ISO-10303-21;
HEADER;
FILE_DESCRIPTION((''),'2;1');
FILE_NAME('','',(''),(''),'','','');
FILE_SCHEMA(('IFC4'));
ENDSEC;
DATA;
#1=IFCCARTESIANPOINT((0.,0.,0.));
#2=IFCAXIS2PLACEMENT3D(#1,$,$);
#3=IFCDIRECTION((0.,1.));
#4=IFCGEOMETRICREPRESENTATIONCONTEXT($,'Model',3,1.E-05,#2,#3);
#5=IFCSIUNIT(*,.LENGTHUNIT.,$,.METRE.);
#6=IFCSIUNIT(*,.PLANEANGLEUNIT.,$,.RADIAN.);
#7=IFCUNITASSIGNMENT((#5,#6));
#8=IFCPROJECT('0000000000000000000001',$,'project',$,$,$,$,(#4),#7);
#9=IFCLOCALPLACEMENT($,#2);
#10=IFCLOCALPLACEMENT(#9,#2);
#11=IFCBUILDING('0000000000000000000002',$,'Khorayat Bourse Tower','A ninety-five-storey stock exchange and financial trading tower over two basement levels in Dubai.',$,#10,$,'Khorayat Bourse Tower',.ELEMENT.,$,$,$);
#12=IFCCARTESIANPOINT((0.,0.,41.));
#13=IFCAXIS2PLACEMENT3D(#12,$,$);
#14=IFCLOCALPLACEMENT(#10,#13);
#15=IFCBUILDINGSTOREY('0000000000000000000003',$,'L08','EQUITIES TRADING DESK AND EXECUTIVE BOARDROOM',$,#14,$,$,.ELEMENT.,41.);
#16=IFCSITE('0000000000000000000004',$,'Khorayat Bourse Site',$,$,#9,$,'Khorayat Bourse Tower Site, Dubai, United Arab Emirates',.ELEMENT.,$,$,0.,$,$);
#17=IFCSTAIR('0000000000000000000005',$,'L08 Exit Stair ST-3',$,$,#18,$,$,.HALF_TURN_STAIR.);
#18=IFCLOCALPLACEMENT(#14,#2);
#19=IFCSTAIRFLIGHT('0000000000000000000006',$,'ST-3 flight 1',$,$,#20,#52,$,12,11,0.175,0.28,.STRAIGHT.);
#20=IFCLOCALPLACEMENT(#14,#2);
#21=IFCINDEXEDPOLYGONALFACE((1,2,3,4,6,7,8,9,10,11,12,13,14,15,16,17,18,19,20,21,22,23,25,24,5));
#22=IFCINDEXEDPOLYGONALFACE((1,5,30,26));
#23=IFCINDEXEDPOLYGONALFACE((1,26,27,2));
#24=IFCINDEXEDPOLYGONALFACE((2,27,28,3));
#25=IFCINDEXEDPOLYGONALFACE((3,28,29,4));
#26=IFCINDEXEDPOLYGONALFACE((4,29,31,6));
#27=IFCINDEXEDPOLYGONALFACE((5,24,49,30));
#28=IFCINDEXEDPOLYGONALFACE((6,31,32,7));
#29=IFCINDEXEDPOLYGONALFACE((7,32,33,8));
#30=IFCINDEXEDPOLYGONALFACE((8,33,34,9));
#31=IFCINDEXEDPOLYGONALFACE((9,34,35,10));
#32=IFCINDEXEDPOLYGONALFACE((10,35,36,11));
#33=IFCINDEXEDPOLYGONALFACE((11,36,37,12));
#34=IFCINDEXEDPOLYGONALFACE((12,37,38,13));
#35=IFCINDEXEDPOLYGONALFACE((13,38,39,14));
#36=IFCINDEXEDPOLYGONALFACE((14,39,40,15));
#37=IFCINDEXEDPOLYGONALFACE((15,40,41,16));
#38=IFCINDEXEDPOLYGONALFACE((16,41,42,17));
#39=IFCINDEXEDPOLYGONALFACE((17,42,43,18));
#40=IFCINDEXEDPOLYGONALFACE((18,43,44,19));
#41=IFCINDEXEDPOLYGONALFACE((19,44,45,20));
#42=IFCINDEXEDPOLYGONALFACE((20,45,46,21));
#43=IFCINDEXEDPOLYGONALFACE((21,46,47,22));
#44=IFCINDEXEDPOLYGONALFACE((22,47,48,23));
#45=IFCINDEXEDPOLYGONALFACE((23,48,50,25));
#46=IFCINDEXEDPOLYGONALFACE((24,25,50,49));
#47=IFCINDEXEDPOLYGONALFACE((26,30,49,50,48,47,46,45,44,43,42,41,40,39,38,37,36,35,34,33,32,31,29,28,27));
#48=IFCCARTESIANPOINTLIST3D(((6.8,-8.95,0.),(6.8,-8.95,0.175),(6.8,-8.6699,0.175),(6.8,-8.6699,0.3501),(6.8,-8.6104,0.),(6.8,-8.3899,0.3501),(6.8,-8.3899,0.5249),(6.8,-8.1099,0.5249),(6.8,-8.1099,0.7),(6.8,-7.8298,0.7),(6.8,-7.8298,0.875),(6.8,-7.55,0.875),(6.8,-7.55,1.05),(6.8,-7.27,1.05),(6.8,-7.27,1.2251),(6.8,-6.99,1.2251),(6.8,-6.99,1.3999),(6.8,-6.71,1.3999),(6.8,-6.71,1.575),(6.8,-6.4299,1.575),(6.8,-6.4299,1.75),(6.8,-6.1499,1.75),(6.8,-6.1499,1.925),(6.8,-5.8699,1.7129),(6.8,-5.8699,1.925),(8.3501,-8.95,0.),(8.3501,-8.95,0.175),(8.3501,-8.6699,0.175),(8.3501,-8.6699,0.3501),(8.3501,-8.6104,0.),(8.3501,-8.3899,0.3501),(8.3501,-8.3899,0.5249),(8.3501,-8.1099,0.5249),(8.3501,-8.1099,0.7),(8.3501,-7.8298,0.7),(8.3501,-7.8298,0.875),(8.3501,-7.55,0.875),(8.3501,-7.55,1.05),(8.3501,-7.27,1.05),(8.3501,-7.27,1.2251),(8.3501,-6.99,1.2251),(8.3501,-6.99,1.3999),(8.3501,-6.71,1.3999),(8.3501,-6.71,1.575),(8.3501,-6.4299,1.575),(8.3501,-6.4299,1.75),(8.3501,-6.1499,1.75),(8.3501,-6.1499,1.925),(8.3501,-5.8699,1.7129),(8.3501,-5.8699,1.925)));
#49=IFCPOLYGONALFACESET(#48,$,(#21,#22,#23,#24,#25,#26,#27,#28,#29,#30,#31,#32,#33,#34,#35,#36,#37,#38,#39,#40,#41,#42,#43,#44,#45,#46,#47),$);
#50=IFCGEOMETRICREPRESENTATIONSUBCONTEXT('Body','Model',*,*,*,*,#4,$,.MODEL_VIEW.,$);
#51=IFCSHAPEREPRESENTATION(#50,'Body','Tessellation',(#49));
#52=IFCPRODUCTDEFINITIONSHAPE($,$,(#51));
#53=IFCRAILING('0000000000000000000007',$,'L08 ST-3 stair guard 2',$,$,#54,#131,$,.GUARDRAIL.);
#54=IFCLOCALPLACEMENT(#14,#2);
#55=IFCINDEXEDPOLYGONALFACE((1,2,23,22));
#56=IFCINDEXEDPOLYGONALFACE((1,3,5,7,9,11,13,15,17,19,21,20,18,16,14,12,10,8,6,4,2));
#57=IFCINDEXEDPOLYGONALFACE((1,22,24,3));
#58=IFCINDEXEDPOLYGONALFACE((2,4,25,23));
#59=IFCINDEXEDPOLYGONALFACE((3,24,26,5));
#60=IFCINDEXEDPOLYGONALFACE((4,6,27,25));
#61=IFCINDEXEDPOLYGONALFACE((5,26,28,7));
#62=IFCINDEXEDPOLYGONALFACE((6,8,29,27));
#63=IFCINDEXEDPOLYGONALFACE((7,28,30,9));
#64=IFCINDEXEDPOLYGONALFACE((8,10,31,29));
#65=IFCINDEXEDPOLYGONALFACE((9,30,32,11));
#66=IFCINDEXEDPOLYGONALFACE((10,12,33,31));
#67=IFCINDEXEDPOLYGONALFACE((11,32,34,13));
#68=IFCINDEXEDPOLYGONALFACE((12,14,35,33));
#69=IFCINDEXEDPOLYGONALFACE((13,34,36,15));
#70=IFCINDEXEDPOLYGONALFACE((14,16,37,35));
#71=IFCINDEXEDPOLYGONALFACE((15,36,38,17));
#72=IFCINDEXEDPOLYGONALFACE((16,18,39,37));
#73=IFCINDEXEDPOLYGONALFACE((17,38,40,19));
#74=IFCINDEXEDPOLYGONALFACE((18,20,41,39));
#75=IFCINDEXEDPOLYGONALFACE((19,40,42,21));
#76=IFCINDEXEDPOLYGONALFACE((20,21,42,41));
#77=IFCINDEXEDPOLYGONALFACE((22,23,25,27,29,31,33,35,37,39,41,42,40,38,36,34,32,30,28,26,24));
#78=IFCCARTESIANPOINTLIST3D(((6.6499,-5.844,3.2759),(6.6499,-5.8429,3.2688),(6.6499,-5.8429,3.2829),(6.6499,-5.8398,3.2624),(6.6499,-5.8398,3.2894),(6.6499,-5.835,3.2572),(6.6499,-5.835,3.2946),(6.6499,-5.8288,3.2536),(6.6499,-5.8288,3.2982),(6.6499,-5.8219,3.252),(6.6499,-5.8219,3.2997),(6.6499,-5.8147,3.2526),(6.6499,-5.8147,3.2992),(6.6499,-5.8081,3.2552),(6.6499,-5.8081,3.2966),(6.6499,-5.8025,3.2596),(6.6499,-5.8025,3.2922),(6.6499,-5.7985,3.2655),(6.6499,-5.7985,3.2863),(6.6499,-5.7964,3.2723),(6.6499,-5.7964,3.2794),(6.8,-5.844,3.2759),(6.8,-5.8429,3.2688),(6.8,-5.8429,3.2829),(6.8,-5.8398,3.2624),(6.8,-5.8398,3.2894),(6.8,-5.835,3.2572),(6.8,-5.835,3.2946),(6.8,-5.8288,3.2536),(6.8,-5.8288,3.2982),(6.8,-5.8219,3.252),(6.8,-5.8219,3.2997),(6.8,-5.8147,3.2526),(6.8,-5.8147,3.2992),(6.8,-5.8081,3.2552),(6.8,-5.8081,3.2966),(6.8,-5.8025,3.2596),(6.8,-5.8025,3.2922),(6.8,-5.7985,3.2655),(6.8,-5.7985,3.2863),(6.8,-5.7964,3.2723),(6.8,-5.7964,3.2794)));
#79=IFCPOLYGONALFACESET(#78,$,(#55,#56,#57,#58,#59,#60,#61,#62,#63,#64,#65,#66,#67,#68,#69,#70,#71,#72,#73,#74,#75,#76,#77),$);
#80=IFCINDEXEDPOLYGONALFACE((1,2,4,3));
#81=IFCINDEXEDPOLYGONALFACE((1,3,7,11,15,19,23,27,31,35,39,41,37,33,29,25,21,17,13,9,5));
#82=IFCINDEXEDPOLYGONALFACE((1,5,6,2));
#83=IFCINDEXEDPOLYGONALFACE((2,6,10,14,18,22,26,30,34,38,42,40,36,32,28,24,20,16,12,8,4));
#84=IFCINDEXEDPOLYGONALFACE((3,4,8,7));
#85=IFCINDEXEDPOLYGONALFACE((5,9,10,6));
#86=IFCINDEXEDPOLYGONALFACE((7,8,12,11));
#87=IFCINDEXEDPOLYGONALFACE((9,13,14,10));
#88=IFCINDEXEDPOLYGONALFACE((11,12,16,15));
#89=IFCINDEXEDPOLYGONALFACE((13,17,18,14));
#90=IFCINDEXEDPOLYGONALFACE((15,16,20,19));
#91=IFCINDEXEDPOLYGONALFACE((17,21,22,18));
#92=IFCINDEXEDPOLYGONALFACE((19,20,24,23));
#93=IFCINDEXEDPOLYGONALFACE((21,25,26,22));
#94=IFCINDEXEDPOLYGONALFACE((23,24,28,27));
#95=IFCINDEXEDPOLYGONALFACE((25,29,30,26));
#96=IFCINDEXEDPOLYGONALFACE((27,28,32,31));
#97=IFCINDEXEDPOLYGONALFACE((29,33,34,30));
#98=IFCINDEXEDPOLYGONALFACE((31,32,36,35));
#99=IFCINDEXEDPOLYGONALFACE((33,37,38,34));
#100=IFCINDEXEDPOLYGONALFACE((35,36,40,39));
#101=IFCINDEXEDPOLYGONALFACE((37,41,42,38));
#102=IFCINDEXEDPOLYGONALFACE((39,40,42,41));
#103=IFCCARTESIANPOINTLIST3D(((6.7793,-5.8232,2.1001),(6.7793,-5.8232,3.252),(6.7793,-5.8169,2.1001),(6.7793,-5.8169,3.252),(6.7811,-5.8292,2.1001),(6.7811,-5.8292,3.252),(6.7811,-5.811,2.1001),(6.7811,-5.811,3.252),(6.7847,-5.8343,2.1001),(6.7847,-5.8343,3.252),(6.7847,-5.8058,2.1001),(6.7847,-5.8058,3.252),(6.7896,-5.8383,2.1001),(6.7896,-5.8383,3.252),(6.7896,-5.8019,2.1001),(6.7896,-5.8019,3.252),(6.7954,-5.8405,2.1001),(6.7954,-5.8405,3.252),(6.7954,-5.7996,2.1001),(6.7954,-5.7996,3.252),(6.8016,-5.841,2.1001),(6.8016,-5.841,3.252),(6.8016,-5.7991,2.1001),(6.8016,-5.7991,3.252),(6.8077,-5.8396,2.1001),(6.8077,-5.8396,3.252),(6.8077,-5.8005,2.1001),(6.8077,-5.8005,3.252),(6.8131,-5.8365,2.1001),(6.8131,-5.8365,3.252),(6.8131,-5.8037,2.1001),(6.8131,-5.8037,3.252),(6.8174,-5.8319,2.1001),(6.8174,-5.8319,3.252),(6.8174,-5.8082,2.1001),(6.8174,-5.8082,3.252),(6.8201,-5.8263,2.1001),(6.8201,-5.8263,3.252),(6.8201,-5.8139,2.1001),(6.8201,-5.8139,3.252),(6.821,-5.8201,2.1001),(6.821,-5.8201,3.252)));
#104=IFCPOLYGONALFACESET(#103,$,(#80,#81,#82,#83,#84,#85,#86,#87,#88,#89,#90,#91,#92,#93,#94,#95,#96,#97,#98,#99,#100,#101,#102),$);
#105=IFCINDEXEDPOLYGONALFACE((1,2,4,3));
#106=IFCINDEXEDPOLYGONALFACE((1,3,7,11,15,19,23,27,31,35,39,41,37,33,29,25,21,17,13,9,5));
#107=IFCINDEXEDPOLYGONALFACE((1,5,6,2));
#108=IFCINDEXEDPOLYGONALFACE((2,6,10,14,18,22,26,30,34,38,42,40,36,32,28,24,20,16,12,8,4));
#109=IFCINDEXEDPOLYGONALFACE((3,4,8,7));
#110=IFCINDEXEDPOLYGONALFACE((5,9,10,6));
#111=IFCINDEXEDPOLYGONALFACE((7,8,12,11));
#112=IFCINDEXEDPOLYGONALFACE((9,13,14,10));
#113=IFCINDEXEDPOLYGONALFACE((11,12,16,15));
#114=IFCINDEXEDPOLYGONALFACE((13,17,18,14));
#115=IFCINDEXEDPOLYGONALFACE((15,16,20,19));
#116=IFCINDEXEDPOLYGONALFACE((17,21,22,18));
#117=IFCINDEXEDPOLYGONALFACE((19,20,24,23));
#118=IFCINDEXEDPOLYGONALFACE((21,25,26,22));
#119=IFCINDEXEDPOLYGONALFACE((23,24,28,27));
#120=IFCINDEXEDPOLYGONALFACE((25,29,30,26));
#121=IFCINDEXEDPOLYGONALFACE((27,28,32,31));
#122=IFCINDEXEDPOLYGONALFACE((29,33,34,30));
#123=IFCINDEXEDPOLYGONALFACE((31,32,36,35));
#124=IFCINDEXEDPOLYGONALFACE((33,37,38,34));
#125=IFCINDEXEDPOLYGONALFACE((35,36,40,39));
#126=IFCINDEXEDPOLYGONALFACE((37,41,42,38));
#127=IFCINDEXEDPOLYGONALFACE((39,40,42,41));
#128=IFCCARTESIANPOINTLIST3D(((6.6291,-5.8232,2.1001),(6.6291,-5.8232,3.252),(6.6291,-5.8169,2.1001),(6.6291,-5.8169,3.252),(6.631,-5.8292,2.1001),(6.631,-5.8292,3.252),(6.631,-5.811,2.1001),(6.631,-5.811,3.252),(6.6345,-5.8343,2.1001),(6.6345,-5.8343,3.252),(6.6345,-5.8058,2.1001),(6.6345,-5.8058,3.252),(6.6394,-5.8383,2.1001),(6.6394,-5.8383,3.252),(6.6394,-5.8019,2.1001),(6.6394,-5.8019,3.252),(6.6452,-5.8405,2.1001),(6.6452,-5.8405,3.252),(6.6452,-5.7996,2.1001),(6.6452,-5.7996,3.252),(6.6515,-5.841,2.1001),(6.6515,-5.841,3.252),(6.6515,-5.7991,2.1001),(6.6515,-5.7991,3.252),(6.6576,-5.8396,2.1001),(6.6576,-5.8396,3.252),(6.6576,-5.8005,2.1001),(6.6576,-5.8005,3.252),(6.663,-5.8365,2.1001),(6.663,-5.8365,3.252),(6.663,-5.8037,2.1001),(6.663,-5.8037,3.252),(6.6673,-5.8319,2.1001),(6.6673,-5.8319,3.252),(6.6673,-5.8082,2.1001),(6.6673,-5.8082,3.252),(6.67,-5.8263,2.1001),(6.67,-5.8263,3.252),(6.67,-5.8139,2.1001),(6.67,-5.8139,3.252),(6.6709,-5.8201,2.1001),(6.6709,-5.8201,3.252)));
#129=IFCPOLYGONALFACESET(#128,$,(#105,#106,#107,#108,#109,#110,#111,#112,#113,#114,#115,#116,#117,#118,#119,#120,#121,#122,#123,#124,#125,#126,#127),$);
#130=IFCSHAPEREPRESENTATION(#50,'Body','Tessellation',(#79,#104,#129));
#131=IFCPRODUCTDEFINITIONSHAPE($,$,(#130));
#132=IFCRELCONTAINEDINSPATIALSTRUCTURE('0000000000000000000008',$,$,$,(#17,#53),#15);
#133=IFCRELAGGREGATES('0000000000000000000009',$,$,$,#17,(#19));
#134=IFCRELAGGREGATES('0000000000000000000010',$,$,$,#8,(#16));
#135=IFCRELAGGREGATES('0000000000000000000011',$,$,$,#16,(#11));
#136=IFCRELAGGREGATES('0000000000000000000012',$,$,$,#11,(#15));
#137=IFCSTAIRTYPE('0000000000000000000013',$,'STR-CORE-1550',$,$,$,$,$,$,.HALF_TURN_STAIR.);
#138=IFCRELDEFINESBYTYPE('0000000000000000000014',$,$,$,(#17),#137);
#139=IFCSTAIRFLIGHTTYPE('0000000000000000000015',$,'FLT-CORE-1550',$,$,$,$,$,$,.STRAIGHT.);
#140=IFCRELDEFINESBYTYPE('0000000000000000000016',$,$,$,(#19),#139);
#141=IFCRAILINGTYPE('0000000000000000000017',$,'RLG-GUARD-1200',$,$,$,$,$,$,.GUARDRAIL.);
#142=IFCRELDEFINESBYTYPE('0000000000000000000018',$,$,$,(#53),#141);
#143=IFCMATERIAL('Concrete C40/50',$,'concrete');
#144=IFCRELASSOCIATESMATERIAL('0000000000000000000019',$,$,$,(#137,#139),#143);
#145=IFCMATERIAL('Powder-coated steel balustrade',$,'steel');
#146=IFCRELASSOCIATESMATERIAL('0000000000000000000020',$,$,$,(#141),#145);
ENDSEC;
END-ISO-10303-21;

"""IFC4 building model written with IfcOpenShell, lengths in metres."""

from ifc_helpers import new_model, si_unit, direction, frame, origin, origin_2d, place, context, subcontext, project, spatial, polyline, circle, outline, extrude, source, transform, mapped, material, type_object, element, aggregate, save


model = new_model("IFC4")

# Units and contexts
model_context = context("Model", 3, precision=1e-05, world=origin(), true_north=direction((0.0, 1.0)))
body_context = subcontext(model_context, "Body", "Model", "MODEL_VIEW")
ifc_project = project(units=[si_unit("LENGTHUNIT", "METRE"), si_unit("PLANEANGLEUNIT", "RADIAN")], contexts=[model_context])

# Site, building, storey
site_placement = place(None, origin())
site = spatial("IfcSite", under=ifc_project, at=site_placement, Name="Khorayat Bourse Site", LongName="Khorayat Bourse Tower Site, Dubai, United Arab Emirates", CompositionType="ELEMENT", RefElevation=0.0)
building_placement = place(site_placement, origin())
building = spatial("IfcBuilding", under=site, at=building_placement, Name="Khorayat Bourse Tower", Description="A ninety-five-storey stock exchange and financial trading tower over two basement levels in Dubai.", LongName="Khorayat Bourse Tower", CompositionType="ELEMENT")
storey_placement = place(building_placement, frame((0.0, 0.0, 41.0)))
storey = spatial("IfcBuildingStorey", under=building, at=storey_placement, Name="L08", Description="EQUITIES TRADING DESK AND EXECUTIVE BOARDROOM", CompositionType="ELEMENT", Elevation=41.0)

# Stair, stair flight
ifc_material_1 = material(Name="Concrete C40/50", Category="concrete")
stair_type = type_object("IfcStairType", Name="STR-CORE-1550", PredefinedType="HALF_TURN_STAIR", material=ifc_material_1)
stair_placement = place(storey_placement, origin())
stair = element("IfcStair", 1, at=stair_placement, inside=storey, type_object=stair_type, Name="L08 Exit Stair ST-3", PredefinedType="HALF_TURN_STAIR")
stair_flight_type = type_object("IfcStairFlightType", Name="FLT-CORE-1550", PredefinedType="STRAIGHT", material=ifc_material_1)
shared_shape_1 = source(origin(), body_context, "Body", "SweptSolid", [
    extrude(outline(polyline([(0.0, 0.0), (0.0, 0.175), (0.28, 0.175), (0.28, 0.3501), (0.5601, 0.3501), (0.5601, 0.5249), (0.8401, 0.5249), (0.8401, 0.7), (1.1201, 0.7), (1.1201, 0.875), (1.3999, 0.875), (1.3999, 1.05), (1.6799, 1.05), (1.6799, 1.2251), (1.96, 1.2251), (1.96, 1.3999), (2.24, 1.3999), (2.24, 1.575), (2.52, 1.575), (2.52, 1.75), (2.8, 1.75), (2.8, 1.925), (3.0801, 1.925), (3.0801, 2.1001), (3.0801, 1.7129), (0.3396, 0.0), (0.0, 0.0)])), frame((0.0, 0.7749, 0.0), z_axis=(0.0, -1.0, 0.0), x_axis=(1.0, 0.0, 0.0)), (0.0, 0.0, 1.0), 1.55),
])
stair_flight_placement = place(storey_placement, frame((7.575, -8.95, 0.0), z_axis=(0.0, 0.0, 1.0), x_axis=(0.0, 1.0, 0.0)))
stair_flight = element("IfcStairFlight", 2, at=stair_flight_placement, type_object=stair_flight_type, Name="ST-3 flight 1", NumberOfRisers=12, NumberOfTreads=11, PredefinedType="STRAIGHT", RiserHeight=0.175, TreadLength=0.28, context=body_context, shape_type="MappedRepresentation", body=[
    mapped(shared_shape_1, transform((0.0, 0.0, 0.0), scale=1.0)),
])
aggregate(stair, [stair_flight])

# Railing
ifc_material_2 = material(Name="Powder-coated steel balustrade", Category="steel")
railing_type_1 = type_object("IfcRailingType", Name="RLG-GUARD-1200", PredefinedType="GUARDRAIL", material=ifc_material_2)
shared_shape_2 = source(origin(), body_context, "Body", "SweptSolid", [
    extrude(circle(Radius=0.0239, at=origin_2d()), frame((0.0, 0.0, 1.1758), z_axis=(-1.0, 0.0, 0.0), x_axis=(0.0, -1.0, 0.0)), (0.0, 0.0, 1.0), 0.1501),
    extrude(circle(Radius=0.021, at=origin_2d()), origin(), (0.0, 0.0, 1.0), 1.1519),
    extrude(circle(Radius=0.021, at=origin_2d()), frame((-0.1501, 0.0, 0.0)), (0.0, 0.0, 1.0), 1.1519),
])
railing_1_placement = place(storey_placement, frame((6.8, -5.8201, 2.1001)))
element("IfcRailing", 3, at=railing_1_placement, inside=storey, type_object=railing_type_1, Name="L08 ST-3 stair guard 2", PredefinedType="GUARDRAIL", context=body_context, shape_type="MappedRepresentation", body=[
    mapped(shared_shape_2, transform((0.0, 0.0, 0.0), scale=1.0)),
])

save(model, "model.ifc")
